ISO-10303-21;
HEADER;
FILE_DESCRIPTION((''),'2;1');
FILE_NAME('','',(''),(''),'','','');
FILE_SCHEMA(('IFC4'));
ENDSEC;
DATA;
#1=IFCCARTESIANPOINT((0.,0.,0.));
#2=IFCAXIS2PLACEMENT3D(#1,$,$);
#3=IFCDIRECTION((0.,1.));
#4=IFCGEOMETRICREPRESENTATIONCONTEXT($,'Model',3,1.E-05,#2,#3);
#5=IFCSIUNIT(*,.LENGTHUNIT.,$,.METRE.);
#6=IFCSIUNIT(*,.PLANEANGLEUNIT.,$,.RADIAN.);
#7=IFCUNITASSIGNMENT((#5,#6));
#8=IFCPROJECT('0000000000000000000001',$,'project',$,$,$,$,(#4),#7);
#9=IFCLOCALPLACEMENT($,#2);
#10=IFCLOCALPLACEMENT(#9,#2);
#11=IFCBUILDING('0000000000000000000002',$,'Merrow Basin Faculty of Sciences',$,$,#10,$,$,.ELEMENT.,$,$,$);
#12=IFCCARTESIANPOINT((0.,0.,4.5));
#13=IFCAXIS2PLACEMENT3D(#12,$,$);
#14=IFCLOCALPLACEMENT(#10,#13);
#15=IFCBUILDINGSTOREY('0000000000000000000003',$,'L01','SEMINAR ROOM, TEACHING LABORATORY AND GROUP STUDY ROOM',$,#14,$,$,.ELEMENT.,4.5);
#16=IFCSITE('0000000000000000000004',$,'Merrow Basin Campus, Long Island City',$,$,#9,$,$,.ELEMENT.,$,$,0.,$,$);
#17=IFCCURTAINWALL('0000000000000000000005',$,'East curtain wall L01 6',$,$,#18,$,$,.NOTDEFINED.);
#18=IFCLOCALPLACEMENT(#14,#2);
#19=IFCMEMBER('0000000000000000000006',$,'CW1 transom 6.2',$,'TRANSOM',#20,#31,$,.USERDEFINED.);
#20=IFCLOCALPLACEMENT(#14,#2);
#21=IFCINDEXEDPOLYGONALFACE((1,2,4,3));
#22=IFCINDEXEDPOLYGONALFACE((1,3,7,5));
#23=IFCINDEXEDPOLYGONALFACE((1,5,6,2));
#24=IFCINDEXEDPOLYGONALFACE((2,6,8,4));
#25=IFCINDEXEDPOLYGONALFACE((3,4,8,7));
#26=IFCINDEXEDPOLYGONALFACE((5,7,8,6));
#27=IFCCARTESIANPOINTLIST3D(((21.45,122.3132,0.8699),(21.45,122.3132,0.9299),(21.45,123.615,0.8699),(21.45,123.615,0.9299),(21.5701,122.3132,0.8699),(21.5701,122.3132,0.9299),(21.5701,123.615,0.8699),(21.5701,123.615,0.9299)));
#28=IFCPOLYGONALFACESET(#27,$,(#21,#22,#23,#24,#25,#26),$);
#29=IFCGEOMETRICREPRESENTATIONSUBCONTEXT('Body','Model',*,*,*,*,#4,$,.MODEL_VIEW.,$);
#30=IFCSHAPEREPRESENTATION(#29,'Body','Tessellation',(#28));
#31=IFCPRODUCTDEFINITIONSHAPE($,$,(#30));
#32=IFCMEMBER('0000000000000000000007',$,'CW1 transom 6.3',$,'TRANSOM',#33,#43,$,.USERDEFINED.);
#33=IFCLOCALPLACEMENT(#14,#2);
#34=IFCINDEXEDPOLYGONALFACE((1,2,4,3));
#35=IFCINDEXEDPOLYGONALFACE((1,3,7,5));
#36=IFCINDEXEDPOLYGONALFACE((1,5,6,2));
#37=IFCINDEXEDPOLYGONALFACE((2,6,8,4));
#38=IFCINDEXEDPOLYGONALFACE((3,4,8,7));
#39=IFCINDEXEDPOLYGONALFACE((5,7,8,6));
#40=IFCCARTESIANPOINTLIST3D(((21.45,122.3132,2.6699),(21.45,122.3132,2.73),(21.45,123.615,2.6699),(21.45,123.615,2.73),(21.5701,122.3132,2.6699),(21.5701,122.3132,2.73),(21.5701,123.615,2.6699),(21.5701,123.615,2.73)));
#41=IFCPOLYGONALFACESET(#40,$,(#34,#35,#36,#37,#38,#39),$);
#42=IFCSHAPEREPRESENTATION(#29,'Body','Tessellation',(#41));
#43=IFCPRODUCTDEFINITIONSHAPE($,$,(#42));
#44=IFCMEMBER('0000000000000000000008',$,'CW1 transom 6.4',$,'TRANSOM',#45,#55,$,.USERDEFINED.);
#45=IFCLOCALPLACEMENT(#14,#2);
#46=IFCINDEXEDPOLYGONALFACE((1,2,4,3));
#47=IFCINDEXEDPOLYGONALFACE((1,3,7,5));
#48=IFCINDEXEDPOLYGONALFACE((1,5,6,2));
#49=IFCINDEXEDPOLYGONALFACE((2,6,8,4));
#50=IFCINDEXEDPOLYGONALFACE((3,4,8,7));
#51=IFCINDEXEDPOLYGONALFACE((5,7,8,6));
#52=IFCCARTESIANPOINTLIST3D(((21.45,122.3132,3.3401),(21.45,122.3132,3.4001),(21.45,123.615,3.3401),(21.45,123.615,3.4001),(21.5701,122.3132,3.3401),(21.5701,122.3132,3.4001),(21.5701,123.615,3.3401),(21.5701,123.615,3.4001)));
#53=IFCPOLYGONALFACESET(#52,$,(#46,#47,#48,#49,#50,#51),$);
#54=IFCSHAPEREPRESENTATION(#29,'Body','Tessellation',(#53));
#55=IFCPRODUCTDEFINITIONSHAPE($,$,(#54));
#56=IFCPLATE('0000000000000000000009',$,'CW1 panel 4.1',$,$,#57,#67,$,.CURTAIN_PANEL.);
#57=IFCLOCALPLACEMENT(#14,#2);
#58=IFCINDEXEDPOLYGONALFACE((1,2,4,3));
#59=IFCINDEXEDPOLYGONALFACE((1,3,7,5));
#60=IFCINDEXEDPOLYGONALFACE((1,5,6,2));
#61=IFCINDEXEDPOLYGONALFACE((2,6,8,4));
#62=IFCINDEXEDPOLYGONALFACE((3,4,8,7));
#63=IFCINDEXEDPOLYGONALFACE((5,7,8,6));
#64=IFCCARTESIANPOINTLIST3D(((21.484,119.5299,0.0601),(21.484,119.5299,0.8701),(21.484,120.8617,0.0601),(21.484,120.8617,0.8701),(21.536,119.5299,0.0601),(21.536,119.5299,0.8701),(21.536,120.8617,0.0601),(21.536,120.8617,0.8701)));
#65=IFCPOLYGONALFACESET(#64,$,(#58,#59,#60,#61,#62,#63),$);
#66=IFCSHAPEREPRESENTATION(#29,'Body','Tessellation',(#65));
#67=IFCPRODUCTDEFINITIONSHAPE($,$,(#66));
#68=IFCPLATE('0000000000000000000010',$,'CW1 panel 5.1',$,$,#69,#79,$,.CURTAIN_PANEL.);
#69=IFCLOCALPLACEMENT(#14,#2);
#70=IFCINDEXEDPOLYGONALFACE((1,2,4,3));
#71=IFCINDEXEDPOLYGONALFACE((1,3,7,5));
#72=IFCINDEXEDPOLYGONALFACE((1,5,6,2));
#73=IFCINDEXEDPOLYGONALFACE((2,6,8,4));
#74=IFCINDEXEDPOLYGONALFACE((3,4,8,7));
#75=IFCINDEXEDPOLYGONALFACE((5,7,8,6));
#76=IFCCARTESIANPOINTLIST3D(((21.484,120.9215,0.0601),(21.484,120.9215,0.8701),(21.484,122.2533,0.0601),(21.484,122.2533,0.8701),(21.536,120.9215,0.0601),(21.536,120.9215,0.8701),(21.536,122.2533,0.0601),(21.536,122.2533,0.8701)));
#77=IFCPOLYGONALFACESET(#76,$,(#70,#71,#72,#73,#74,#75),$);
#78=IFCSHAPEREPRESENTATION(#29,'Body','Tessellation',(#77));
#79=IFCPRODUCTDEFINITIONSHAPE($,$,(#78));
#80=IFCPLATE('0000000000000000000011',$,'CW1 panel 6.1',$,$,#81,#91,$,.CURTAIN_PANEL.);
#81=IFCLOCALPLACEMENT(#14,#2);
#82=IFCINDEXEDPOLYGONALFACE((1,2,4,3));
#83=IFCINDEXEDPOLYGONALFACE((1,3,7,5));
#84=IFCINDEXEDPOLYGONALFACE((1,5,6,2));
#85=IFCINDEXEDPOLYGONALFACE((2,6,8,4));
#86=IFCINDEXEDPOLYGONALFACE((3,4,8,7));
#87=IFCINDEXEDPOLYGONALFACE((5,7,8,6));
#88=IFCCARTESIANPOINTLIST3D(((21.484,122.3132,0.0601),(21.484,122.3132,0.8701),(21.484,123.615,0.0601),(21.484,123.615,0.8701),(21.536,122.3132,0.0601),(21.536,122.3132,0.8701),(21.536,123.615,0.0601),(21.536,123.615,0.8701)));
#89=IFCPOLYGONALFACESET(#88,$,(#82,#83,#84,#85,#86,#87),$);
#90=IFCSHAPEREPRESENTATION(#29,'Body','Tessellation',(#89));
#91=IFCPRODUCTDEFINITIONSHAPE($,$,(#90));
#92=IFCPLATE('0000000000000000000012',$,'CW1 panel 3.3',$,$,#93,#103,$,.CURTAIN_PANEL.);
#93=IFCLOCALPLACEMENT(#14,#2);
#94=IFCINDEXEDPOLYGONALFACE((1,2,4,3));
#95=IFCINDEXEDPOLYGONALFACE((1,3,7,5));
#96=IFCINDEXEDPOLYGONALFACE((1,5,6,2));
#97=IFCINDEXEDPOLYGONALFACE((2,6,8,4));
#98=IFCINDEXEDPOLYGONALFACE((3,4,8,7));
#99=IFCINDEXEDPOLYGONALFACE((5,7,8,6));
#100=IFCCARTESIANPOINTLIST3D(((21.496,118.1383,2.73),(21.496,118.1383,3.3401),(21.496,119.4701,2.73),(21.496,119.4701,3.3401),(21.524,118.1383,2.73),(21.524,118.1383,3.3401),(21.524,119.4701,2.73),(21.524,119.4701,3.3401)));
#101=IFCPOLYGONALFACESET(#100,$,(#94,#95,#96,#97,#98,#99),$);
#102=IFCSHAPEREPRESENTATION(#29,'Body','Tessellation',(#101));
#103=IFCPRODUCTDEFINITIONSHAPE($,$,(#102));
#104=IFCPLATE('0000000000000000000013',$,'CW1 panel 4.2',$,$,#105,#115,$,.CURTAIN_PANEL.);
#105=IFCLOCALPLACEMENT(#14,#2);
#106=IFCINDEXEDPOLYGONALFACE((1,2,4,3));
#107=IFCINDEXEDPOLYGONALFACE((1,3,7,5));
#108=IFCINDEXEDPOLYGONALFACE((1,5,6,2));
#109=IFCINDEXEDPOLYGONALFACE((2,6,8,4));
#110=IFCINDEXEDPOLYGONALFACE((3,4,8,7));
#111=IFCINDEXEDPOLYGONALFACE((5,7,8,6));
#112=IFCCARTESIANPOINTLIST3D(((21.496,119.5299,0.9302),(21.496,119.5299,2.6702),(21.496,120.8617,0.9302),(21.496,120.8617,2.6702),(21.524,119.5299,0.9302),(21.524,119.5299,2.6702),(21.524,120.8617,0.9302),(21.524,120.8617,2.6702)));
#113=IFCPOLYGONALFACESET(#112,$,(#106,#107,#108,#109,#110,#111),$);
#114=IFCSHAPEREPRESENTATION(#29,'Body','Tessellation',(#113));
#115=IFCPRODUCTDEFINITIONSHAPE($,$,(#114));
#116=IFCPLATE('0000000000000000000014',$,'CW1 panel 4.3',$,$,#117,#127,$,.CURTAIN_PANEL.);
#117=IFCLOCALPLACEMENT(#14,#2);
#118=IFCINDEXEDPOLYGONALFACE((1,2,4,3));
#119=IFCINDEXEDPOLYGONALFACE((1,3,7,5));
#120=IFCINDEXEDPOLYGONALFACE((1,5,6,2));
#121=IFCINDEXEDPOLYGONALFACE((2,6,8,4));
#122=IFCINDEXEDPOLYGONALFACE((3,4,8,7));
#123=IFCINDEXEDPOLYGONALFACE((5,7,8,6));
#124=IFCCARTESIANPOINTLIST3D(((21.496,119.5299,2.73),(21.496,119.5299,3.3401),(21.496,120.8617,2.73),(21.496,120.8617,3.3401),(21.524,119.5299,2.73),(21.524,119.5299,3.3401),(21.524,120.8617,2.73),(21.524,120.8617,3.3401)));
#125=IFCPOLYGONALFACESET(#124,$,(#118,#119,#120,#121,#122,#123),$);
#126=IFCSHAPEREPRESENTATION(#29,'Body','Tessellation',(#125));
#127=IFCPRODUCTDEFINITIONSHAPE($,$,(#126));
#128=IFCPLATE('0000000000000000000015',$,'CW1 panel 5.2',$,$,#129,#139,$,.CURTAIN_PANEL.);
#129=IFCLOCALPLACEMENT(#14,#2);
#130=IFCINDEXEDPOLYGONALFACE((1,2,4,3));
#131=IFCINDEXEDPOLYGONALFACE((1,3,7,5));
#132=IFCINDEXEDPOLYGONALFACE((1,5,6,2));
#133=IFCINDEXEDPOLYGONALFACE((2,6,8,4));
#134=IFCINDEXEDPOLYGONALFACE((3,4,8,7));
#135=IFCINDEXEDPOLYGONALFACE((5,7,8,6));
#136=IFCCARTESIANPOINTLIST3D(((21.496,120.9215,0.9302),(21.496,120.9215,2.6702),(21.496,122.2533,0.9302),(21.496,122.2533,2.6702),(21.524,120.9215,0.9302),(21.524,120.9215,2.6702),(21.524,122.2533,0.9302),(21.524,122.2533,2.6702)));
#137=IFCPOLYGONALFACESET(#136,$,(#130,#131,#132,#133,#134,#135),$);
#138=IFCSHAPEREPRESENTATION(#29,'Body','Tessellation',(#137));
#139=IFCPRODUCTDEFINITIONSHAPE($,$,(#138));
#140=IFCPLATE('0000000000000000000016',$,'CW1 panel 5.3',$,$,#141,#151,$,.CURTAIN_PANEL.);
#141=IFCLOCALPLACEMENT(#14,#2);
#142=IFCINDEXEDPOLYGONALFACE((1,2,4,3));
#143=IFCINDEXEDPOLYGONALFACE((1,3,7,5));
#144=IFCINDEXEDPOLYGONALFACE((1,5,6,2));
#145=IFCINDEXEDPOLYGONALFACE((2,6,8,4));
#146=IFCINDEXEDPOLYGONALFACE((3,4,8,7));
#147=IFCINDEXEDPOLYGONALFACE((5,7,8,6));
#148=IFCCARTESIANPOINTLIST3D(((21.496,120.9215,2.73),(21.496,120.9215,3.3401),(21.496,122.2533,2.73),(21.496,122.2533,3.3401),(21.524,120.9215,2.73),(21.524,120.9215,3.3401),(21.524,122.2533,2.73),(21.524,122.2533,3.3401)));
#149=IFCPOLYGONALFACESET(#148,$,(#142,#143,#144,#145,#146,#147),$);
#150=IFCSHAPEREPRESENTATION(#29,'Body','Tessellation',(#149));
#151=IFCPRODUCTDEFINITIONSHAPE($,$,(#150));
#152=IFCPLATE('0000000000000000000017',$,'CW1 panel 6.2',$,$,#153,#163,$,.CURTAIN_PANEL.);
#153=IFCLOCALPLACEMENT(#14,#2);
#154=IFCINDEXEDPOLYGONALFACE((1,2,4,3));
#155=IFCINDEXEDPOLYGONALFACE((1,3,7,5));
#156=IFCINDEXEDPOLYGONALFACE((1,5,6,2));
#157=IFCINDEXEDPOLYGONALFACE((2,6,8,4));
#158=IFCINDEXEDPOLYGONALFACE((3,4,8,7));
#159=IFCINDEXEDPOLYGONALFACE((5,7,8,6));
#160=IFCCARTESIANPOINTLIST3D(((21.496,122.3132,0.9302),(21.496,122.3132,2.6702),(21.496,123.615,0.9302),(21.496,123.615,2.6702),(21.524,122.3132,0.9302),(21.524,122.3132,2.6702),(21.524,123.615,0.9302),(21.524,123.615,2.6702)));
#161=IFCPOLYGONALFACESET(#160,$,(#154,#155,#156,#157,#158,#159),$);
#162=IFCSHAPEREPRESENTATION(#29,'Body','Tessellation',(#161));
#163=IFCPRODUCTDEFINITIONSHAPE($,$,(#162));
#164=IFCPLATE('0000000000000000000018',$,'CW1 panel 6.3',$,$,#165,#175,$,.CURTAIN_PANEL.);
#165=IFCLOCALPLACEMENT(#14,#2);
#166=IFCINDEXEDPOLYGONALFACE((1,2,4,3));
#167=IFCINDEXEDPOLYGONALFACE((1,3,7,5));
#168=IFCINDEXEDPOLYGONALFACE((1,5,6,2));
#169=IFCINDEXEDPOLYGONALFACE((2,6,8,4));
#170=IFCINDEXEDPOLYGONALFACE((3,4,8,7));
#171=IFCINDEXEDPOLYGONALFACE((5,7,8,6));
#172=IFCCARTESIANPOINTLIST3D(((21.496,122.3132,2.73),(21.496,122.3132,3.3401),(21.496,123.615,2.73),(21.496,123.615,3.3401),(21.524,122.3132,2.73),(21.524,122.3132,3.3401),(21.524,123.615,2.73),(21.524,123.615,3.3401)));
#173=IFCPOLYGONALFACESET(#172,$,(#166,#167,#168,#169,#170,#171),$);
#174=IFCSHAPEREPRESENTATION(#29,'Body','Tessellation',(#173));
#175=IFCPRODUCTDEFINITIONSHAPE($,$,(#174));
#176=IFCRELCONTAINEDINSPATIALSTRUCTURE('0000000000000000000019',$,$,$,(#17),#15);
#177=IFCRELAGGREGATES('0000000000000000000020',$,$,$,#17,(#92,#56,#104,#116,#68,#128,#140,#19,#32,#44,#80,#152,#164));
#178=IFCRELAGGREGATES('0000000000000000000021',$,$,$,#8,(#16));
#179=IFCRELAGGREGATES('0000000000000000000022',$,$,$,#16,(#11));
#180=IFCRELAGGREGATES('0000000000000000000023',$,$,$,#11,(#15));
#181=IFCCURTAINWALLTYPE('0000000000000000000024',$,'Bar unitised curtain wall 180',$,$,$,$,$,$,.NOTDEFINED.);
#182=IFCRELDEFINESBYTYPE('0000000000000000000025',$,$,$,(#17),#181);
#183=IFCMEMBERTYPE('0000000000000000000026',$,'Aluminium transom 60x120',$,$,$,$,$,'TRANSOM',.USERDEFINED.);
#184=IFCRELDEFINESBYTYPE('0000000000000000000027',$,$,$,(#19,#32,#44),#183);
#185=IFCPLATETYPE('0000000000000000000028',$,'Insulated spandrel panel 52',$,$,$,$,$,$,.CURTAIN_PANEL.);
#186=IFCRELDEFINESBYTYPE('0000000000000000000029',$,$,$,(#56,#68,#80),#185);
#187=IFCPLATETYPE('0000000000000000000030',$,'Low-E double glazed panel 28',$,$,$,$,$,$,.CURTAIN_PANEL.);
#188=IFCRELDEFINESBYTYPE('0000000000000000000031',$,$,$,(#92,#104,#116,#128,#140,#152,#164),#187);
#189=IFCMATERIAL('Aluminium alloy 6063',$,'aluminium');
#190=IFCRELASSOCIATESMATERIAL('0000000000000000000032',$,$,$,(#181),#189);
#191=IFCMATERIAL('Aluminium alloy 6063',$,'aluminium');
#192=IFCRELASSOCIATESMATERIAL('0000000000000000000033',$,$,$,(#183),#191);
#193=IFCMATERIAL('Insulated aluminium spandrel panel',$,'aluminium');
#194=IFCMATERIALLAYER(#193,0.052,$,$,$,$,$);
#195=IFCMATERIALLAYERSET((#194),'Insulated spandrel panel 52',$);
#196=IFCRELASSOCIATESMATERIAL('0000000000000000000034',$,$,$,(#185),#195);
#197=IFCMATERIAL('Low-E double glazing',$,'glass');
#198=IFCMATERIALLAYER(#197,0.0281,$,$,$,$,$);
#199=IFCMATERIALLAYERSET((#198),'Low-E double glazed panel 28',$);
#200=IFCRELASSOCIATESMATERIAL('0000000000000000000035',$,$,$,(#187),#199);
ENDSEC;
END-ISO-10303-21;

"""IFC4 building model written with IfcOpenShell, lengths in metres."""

from ifc_helpers import new_model, si_unit, direction, frame, origin, origin_2d, place, context, subcontext, project, spatial, rectangle, extrude, material, layer, layer_set, material_profile, profile_set, type_object, element, aggregate, save


model = new_model("IFC4")

# Units and contexts
model_context = context("Model", 3, precision=1e-05, world=origin(), true_north=direction((0.0, 1.0)))
body_context = subcontext(model_context, "Body", "Model", "MODEL_VIEW")
ifc_project = project(units=[si_unit("LENGTHUNIT", "METRE"), si_unit("PLANEANGLEUNIT", "RADIAN")], contexts=[model_context])

# Site, building, storey
site_placement = place(None, origin())
site = spatial("IfcSite", under=ifc_project, at=site_placement, Name="Merrow Basin Campus, Long Island City", CompositionType="ELEMENT", RefElevation=0.0)
building_placement = place(site_placement, origin())
building = spatial("IfcBuilding", under=site, at=building_placement, Name="Merrow Basin Faculty of Sciences", CompositionType="ELEMENT")
storey_placement = place(building_placement, frame((0.0, 0.0, 4.5)))
storey = spatial("IfcBuildingStorey", under=building, at=storey_placement, Name="L01", Description="SEMINAR ROOM, TEACHING LABORATORY AND GROUP STUDY ROOM", CompositionType="ELEMENT", Elevation=4.5)

# Curtain wall, members, plates
ifc_material_1 = material(Name="Aluminium alloy 6063", Category="aluminium")
curtain_wall_type = type_object("IfcCurtainWallType", Name="Bar unitised curtain wall 180", PredefinedType="NOTDEFINED", material=ifc_material_1)
curtain_wall_placement = place(storey_placement, origin())
curtain_wall = element("IfcCurtainWall", 1, at=curtain_wall_placement, inside=storey, type_object=curtain_wall_type, Name="East curtain wall L01 6", PredefinedType="NOTDEFINED")
ifc_material_2 = material(Name="Aluminium alloy 6063", Category="aluminium")
ifc_material_profile_1 = material_profile(ifc_material_2, rectangle(XDim=0.1201, YDim=0.0601, at=origin_2d()))
ifc_profile_set_1 = profile_set([ifc_material_profile_1], Name="Aluminium alloy 6063")
member_type_1 = type_object("IfcMemberType", Name="Aluminium transom 60x120", ElementType="TRANSOM", PredefinedType="USERDEFINED", material=ifc_profile_set_1)
member_1_placement = place(storey_placement, frame((21.51, 122.3132, 0.8999), z_axis=(0.0, 1.0, 0.0), x_axis=(-1.0, 0.0, 0.0)))
member_1 = element("IfcMember", 2, at=member_1_placement, type_object=member_type_1, Name="CW1 transom 6.2", ObjectType="TRANSOM", PredefinedType="USERDEFINED", context=body_context, shape_type="SweptSolid", body=[
    extrude(rectangle(XDim=0.1201, YDim=0.0601, at=origin_2d()), origin(), (0.0, 0.0, 1.0), 1.3018),
])
member_2_placement = place(storey_placement, frame((21.51, 122.3132, 2.7), z_axis=(0.0, 1.0, 0.0), x_axis=(-1.0, 0.0, 0.0)))
member_2 = element("IfcMember", 3, at=member_2_placement, type_object=member_type_1, Name="CW1 transom 6.3", ObjectType="TRANSOM", PredefinedType="USERDEFINED", context=body_context, shape_type="SweptSolid", body=[
    extrude(rectangle(XDim=0.1201, YDim=0.0601, at=origin_2d()), origin(), (0.0, 0.0, 1.0), 1.3018),
])
member_3_placement = place(storey_placement, frame((21.51, 122.3132, 3.3701), z_axis=(0.0, 1.0, 0.0), x_axis=(-1.0, 0.0, 0.0)))
member_3 = element("IfcMember", 4, at=member_3_placement, type_object=member_type_1, Name="CW1 transom 6.4", ObjectType="TRANSOM", PredefinedType="USERDEFINED", context=body_context, shape_type="SweptSolid", body=[
    extrude(rectangle(XDim=0.1201, YDim=0.0601, at=origin_2d()), origin(), (0.0, 0.0, 1.0), 1.3018),
])
ifc_material_3 = material(Name="Insulated aluminium spandrel panel", Category="aluminium")
ifc_layer_1 = layer(ifc_material_3, 0.052)
ifc_layer_set_1 = layer_set([ifc_layer_1], Name="Insulated spandrel panel 52")
plate_type_1 = type_object("IfcPlateType", Name="Insulated spandrel panel 52", PredefinedType="CURTAIN_PANEL", material=ifc_layer_set_1)
plate_1_placement = place(storey_placement, frame((21.51, 120.1958, 0.0601), z_axis=(0.0, 0.0, 1.0), x_axis=(0.0, 1.0, 0.0)))
plate_1 = element("IfcPlate", 5, at=plate_1_placement, type_object=plate_type_1, Name="CW1 panel 4.1", PredefinedType="CURTAIN_PANEL", context=body_context, shape_type="SweptSolid", body=[
    extrude(rectangle(XDim=1.3318, YDim=0.052, at=origin_2d()), origin(), (0.0, 0.0, 1.0), 0.8101),
])
plate_2_placement = place(storey_placement, frame((21.51, 121.5874, 0.0601), z_axis=(0.0, 0.0, 1.0), x_axis=(0.0, 1.0, 0.0)))
plate_2 = element("IfcPlate", 6, at=plate_2_placement, type_object=plate_type_1, Name="CW1 panel 5.1", PredefinedType="CURTAIN_PANEL", context=body_context, shape_type="SweptSolid", body=[
    extrude(rectangle(XDim=1.3318, YDim=0.052, at=origin_2d()), origin(), (0.0, 0.0, 1.0), 0.8101),
])
plate_3_placement = place(storey_placement, frame((21.51, 122.9641, 0.0601), z_axis=(0.0, 0.0, 1.0), x_axis=(0.0, 1.0, 0.0)))
plate_3 = element("IfcPlate", 7, at=plate_3_placement, type_object=plate_type_1, Name="CW1 panel 6.1", PredefinedType="CURTAIN_PANEL", context=body_context, shape_type="SweptSolid", body=[
    extrude(rectangle(XDim=1.3018, YDim=0.052, at=origin_2d()), origin(), (0.0, 0.0, 1.0), 0.8101),
])
ifc_material_4 = material(Name="Low-E double glazing", Category="glass")
ifc_layer_2 = layer(ifc_material_4, 0.0281)
ifc_layer_set_2 = layer_set([ifc_layer_2], Name="Low-E double glazed panel 28")
plate_type_2 = type_object("IfcPlateType", Name="Low-E double glazed panel 28", PredefinedType="CURTAIN_PANEL", material=ifc_layer_set_2)
plate_4_placement = place(storey_placement, frame((21.51, 118.8042, 2.73), z_axis=(0.0, 0.0, 1.0), x_axis=(0.0, 1.0, 0.0)))
plate_4 = element("IfcPlate", 8, at=plate_4_placement, type_object=plate_type_2, Name="CW1 panel 3.3", PredefinedType="CURTAIN_PANEL", context=body_context, shape_type="SweptSolid", body=[
    extrude(rectangle(XDim=1.3318, YDim=0.0281, at=origin_2d()), origin(), (0.0, 0.0, 1.0), 0.6101),
])
plate_5_placement = place(storey_placement, frame((21.51, 120.1958, 0.9302), z_axis=(0.0, 0.0, 1.0), x_axis=(0.0, 1.0, 0.0)))
plate_5 = element("IfcPlate", 9, at=plate_5_placement, type_object=plate_type_2, Name="CW1 panel 4.2", PredefinedType="CURTAIN_PANEL", context=body_context, shape_type="SweptSolid", body=[
    extrude(rectangle(XDim=1.3318, YDim=0.0281, at=origin_2d()), origin(), (0.0, 0.0, 1.0), 1.74),
])
plate_6_placement = place(storey_placement, frame((21.51, 120.1958, 2.73), z_axis=(0.0, 0.0, 1.0), x_axis=(0.0, 1.0, 0.0)))
plate_6 = element("IfcPlate", 10, at=plate_6_placement, type_object=plate_type_2, Name="CW1 panel 4.3", PredefinedType="CURTAIN_PANEL", context=body_context, shape_type="SweptSolid", body=[
    extrude(rectangle(XDim=1.3318, YDim=0.0281, at=origin_2d()), origin(), (0.0, 0.0, 1.0), 0.6101),
])
plate_7_placement = place(storey_placement, frame((21.51, 121.5874, 0.9302), z_axis=(0.0, 0.0, 1.0), x_axis=(0.0, 1.0, 0.0)))
plate_7 = element("IfcPlate", 11, at=plate_7_placement, type_object=plate_type_2, Name="CW1 panel 5.2", PredefinedType="CURTAIN_PANEL", context=body_context, shape_type="SweptSolid", body=[
    extrude(rectangle(XDim=1.3318, YDim=0.0281, at=origin_2d()), origin(), (0.0, 0.0, 1.0), 1.74),
])
plate_8_placement = place(storey_placement, frame((21.51, 121.5874, 2.73), z_axis=(0.0, 0.0, 1.0), x_axis=(0.0, 1.0, 0.0)))
plate_8 = element("IfcPlate", 12, at=plate_8_placement, type_object=plate_type_2, Name="CW1 panel 5.3", PredefinedType="CURTAIN_PANEL", context=body_context, shape_type="SweptSolid", body=[
    extrude(rectangle(XDim=1.3318, YDim=0.0281, at=origin_2d()), origin(), (0.0, 0.0, 1.0), 0.6101),
])
plate_9_placement = place(storey_placement, frame((21.51, 122.9641, 0.9302), z_axis=(0.0, 0.0, 1.0), x_axis=(0.0, 1.0, 0.0)))
plate_9 = element("IfcPlate", 13, at=plate_9_placement, type_object=plate_type_2, Name="CW1 panel 6.2", PredefinedType="CURTAIN_PANEL", context=body_context, shape_type="SweptSolid", body=[
    extrude(rectangle(XDim=1.3018, YDim=0.0281, at=origin_2d()), origin(), (0.0, 0.0, 1.0), 1.74),
])
plate_10_placement = place(storey_placement, frame((21.51, 122.9641, 2.73), z_axis=(0.0, 0.0, 1.0), x_axis=(0.0, 1.0, 0.0)))
plate_10 = element("IfcPlate", 14, at=plate_10_placement, type_object=plate_type_2, Name="CW1 panel 6.3", PredefinedType="CURTAIN_PANEL", context=body_context, shape_type="SweptSolid", body=[
    extrude(rectangle(XDim=1.3018, YDim=0.0281, at=origin_2d()), origin(), (0.0, 0.0, 1.0), 0.6101),
])
aggregate(curtain_wall, [plate_4, plate_1, plate_5, plate_6, plate_2, plate_7, plate_8, member_1, member_2, member_3, plate_3, plate_9, plate_10])

save(model, "model.ifc")
